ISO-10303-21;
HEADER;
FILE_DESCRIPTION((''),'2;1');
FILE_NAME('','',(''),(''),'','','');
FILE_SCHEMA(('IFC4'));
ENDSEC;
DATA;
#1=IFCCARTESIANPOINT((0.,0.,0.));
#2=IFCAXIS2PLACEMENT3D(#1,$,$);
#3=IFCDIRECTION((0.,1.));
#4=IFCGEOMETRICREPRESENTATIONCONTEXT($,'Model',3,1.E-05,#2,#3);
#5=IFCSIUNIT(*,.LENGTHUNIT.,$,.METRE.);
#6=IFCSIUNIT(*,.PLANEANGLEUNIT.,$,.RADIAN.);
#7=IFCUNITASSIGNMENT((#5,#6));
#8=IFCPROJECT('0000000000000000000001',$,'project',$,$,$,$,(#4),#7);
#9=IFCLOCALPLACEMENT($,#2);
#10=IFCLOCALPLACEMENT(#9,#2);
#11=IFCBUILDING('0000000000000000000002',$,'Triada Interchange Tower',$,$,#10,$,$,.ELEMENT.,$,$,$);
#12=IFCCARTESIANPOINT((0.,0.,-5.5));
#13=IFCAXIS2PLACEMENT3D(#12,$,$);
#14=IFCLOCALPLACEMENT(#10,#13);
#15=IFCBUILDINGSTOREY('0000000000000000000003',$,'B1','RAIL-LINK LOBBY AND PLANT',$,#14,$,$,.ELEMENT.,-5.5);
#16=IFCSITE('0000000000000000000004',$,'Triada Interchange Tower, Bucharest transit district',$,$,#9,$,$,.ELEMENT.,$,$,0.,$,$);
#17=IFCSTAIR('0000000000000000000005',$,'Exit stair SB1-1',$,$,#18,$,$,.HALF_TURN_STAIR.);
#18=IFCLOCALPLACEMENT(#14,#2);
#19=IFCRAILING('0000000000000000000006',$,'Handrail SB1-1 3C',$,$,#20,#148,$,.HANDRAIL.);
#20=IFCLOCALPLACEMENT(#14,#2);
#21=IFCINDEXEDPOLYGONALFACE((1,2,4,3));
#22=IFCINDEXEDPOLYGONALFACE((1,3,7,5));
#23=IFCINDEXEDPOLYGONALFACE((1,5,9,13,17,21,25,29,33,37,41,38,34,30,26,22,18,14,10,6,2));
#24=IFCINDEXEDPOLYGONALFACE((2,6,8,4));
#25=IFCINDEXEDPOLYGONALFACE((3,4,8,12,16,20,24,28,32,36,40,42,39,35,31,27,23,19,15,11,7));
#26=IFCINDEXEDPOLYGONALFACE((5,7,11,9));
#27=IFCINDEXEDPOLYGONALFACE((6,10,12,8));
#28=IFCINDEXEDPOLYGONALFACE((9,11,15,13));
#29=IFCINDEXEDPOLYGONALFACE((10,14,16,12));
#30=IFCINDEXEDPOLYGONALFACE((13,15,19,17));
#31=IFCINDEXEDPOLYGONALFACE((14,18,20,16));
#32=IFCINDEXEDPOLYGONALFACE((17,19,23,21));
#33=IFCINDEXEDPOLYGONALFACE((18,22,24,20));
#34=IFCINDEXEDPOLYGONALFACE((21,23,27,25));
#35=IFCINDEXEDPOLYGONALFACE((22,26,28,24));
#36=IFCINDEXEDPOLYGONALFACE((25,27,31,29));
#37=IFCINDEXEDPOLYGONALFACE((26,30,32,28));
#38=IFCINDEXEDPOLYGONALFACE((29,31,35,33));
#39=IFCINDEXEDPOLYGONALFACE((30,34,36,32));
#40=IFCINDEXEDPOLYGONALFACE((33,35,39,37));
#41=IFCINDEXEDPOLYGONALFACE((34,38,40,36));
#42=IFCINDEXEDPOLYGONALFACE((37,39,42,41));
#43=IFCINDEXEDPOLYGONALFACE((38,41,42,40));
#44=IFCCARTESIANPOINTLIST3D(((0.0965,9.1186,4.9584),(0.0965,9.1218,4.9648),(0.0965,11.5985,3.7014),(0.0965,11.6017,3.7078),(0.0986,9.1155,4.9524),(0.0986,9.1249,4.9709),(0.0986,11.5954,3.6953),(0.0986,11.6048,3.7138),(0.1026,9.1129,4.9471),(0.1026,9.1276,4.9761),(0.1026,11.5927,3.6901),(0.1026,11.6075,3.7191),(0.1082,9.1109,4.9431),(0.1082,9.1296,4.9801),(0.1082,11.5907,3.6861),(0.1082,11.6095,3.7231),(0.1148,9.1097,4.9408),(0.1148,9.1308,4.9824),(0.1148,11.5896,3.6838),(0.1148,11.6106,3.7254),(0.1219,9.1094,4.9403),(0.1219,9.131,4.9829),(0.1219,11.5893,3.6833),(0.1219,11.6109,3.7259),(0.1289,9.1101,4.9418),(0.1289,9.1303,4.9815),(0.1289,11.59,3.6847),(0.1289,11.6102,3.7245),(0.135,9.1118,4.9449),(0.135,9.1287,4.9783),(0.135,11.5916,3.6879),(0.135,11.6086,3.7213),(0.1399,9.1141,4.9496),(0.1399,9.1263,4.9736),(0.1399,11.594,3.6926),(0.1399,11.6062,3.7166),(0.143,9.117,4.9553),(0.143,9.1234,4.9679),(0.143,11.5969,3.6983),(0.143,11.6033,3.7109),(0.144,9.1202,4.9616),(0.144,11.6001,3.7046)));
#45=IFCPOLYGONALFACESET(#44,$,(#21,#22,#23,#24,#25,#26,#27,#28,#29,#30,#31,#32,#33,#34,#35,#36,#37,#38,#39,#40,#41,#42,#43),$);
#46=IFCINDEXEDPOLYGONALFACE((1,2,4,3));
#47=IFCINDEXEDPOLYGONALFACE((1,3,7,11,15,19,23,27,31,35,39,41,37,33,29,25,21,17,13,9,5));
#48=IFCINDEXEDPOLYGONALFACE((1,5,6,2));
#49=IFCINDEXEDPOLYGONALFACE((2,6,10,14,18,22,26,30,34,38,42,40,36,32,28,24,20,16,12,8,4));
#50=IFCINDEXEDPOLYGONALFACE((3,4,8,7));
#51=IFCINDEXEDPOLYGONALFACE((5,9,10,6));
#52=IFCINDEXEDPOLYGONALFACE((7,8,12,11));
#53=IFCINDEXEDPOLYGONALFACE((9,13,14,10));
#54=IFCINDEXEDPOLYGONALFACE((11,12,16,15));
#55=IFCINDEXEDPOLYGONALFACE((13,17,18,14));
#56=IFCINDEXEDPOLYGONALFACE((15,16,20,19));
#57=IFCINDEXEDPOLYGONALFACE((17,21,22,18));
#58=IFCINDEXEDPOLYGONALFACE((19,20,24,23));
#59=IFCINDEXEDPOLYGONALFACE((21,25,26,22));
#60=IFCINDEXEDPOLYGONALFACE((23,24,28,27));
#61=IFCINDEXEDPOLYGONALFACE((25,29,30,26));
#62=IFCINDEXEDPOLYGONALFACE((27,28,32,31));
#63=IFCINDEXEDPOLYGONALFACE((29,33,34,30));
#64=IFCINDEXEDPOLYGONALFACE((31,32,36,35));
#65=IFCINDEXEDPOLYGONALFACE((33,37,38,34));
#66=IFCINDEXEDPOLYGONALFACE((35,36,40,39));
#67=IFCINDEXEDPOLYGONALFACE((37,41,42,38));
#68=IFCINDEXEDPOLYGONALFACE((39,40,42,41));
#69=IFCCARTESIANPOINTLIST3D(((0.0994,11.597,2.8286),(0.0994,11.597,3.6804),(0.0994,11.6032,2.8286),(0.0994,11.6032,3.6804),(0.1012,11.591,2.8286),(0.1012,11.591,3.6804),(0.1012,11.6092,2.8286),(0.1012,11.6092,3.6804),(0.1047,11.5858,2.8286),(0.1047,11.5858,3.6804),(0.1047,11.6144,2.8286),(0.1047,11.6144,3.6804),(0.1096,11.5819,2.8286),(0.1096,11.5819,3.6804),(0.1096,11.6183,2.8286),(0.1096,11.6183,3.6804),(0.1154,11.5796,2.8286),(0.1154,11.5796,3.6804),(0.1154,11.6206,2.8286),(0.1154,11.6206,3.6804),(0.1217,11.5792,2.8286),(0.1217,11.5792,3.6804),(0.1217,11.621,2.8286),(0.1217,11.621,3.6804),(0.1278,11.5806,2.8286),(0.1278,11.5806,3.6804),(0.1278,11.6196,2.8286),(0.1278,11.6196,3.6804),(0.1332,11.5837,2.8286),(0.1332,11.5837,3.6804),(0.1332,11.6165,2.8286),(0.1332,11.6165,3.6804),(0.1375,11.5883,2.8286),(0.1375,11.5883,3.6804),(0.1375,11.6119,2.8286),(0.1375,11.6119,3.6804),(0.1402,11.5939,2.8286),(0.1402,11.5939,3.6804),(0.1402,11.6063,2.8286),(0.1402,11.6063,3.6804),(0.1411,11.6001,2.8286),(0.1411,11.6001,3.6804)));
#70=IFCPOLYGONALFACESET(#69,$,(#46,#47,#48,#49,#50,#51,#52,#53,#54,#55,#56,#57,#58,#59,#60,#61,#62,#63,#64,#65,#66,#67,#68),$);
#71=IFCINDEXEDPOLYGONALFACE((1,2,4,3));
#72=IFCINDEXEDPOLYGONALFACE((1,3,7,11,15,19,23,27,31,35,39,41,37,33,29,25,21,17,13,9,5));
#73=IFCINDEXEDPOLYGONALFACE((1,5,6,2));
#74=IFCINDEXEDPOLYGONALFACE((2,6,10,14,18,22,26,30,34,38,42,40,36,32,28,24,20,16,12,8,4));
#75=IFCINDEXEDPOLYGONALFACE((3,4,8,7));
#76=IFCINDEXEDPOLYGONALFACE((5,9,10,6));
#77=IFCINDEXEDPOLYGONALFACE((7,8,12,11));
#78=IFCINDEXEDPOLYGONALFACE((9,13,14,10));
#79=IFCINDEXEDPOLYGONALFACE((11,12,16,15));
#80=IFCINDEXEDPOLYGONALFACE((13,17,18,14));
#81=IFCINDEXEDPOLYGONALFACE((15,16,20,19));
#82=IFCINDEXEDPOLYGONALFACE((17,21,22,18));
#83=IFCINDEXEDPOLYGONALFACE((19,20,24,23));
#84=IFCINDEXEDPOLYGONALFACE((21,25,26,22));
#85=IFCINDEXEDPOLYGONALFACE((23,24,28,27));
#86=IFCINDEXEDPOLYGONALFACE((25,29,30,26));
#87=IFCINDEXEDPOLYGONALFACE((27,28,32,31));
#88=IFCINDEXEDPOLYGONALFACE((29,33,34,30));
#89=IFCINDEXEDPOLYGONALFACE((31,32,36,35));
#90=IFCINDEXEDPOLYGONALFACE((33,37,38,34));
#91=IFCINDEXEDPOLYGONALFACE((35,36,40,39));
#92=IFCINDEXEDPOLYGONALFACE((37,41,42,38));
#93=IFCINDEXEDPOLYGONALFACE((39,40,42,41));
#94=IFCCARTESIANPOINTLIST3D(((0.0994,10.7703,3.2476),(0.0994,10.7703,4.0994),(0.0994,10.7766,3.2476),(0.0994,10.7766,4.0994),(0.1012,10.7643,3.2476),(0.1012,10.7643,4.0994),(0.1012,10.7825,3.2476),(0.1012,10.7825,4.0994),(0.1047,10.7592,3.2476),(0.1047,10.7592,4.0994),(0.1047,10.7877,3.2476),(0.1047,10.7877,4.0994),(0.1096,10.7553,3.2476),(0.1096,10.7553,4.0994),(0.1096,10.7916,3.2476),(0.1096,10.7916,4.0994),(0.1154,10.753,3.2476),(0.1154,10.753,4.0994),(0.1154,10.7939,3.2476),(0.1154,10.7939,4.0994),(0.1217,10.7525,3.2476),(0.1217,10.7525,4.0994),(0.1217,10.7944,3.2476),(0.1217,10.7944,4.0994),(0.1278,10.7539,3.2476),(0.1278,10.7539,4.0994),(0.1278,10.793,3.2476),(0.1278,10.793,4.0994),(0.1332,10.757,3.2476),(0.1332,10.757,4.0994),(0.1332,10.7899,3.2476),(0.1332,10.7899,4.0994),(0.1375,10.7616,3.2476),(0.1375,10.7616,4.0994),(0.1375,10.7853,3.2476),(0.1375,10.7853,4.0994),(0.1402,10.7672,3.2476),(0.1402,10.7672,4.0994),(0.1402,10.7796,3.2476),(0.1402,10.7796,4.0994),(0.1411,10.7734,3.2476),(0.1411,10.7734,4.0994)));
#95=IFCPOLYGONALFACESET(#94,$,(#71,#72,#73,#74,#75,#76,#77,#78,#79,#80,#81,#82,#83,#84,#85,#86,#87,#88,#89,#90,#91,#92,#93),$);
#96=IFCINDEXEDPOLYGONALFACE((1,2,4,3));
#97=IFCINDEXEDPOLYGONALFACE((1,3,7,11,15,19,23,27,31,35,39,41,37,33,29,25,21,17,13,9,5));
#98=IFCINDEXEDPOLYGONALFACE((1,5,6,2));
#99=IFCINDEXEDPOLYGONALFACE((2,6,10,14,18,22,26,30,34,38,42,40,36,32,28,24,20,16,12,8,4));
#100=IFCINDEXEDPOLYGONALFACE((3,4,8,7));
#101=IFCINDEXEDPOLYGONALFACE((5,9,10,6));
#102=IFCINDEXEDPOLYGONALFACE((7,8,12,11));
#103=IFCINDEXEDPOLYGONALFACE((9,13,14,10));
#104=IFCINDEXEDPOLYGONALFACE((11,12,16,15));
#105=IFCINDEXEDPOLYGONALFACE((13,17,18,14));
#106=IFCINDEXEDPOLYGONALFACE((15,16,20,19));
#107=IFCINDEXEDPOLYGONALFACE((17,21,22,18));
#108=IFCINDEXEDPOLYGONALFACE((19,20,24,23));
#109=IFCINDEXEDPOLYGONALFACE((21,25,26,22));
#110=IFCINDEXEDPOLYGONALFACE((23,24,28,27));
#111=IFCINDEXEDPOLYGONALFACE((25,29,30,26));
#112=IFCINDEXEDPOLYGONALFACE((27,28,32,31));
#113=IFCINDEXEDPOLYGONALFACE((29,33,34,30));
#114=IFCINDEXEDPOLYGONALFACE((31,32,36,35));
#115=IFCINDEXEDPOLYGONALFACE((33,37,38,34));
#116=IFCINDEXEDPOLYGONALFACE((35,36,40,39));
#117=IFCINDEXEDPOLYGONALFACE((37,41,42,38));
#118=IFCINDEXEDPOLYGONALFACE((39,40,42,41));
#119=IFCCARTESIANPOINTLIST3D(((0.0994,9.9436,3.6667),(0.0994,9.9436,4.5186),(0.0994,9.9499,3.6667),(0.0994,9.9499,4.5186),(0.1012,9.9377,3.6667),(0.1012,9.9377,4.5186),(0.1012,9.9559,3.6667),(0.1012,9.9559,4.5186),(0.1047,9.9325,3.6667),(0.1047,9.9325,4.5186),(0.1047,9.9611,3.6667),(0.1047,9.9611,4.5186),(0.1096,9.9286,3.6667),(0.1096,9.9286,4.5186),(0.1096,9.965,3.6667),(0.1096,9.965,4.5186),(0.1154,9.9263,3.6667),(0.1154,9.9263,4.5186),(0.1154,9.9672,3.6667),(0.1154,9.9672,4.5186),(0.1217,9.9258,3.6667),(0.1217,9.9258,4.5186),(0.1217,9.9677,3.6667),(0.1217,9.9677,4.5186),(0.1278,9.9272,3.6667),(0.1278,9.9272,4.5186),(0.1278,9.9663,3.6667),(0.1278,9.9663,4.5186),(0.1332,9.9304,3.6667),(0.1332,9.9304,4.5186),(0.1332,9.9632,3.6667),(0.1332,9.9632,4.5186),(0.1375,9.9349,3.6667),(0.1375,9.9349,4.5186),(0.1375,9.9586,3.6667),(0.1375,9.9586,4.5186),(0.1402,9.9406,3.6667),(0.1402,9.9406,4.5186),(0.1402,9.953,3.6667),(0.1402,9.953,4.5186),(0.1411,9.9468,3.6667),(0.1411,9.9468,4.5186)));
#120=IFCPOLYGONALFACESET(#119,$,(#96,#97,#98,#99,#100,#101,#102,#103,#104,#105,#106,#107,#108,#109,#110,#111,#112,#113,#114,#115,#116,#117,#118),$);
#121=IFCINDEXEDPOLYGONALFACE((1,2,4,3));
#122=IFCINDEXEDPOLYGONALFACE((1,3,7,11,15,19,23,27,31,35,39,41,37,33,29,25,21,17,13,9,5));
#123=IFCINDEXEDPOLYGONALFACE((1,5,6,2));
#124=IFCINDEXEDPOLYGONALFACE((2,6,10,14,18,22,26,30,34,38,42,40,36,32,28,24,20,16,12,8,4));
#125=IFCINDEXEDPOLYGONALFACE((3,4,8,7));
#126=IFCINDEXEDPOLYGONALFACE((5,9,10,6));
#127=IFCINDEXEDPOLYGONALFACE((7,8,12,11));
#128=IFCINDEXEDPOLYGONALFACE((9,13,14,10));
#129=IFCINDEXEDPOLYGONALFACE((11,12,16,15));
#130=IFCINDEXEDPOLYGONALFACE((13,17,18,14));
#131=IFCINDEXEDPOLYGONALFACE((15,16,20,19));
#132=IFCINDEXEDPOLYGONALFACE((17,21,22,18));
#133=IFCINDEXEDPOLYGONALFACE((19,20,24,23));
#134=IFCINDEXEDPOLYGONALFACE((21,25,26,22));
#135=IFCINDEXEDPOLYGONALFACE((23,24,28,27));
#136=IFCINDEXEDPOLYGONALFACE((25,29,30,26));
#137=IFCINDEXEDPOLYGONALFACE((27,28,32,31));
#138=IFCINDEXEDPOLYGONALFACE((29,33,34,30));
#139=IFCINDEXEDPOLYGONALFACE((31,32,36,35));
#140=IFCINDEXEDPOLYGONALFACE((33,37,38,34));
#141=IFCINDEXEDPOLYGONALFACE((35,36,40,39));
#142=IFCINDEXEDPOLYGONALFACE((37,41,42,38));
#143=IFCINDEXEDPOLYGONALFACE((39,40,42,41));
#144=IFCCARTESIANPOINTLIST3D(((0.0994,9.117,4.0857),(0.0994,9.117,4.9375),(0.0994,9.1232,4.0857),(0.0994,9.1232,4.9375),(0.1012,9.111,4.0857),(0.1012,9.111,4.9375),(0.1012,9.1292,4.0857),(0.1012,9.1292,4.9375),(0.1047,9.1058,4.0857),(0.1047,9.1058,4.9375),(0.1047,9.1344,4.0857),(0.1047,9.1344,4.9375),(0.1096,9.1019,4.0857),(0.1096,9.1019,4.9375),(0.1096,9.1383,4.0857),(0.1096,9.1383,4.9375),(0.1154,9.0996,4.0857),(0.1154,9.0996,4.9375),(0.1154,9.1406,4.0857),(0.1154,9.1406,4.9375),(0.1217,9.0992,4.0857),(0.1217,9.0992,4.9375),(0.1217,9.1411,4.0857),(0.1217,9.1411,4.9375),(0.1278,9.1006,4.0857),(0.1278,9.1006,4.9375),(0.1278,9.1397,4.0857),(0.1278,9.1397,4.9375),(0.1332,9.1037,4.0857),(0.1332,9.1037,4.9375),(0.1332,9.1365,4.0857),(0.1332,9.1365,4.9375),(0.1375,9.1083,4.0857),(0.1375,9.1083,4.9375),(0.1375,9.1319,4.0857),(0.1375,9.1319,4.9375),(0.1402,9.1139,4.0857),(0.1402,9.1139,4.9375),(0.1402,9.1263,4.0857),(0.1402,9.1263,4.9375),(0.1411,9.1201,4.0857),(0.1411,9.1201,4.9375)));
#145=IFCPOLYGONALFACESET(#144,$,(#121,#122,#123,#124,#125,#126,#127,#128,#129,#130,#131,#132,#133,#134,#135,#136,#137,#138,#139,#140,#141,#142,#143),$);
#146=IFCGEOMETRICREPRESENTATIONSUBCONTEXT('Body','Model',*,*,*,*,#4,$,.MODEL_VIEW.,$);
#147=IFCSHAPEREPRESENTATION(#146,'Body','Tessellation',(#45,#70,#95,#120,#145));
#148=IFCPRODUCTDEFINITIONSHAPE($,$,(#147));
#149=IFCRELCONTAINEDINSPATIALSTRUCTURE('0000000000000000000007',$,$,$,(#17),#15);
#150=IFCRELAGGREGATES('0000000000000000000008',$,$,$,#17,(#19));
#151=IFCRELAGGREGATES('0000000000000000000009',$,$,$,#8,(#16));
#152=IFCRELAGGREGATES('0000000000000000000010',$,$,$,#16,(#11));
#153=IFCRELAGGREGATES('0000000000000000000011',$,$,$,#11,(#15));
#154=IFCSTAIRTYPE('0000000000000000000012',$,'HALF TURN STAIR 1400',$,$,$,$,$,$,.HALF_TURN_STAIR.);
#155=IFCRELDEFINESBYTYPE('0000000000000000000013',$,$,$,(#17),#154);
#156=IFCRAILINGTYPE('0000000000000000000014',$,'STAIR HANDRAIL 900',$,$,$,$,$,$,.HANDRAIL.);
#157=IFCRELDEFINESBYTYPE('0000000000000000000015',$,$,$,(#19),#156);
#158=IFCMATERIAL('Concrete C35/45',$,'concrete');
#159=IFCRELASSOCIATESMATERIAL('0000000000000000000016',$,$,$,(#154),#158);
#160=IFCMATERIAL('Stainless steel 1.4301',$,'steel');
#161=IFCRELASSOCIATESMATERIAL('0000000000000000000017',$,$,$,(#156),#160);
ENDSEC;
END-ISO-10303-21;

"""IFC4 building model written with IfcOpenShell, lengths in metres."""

from ifc_helpers import new_model, si_unit, direction, frame, origin, origin_2d, place, context, subcontext, project, spatial, circle, extrude, material, type_object, element, aggregate, save


model = new_model("IFC4")

# Units and contexts
model_context = context("Model", 3, precision=1e-05, world=origin(), true_north=direction((0.0, 1.0)))
body_context = subcontext(model_context, "Body", "Model", "MODEL_VIEW")
ifc_project = project(units=[si_unit("LENGTHUNIT", "METRE"), si_unit("PLANEANGLEUNIT", "RADIAN")], contexts=[model_context])

# Site, building, storey
site_placement = place(None, origin())
site = spatial("IfcSite", under=ifc_project, at=site_placement, Name="Triada Interchange Tower, Bucharest transit district", CompositionType="ELEMENT", RefElevation=0.0)
building_placement = place(site_placement, origin())
building = spatial("IfcBuilding", under=site, at=building_placement, Name="Triada Interchange Tower", CompositionType="ELEMENT")
storey_placement = place(building_placement, frame((0.0, 0.0, -5.5)))
storey = spatial("IfcBuildingStorey", under=building, at=storey_placement, Name="B1", Description="RAIL-LINK LOBBY AND PLANT", CompositionType="ELEMENT", Elevation=-5.5)

# Shared definitions
ifc_material_1 = material(Name="Concrete C35/45", Category="concrete")
stair_type = type_object("IfcStairType", Name="HALF TURN STAIR 1400", PredefinedType="HALF_TURN_STAIR", material=ifc_material_1)

# Stair, railing
stair_1_placement = place(storey_placement, origin())
stair_1 = element("IfcStair", 1, at=stair_1_placement, inside=storey, type_object=stair_type, Name="Exit stair SB1-1", PredefinedType="HALF_TURN_STAIR")
ifc_material_2 = material(Name="Stainless steel 1.4301", Category="steel")
railing_type = type_object("IfcRailingType", Name="STAIR HANDRAIL 900", PredefinedType="HANDRAIL", material=ifc_material_2)
railing_1_placement = place(storey_placement, frame((0.1201, 11.6001, 2.8286)))
railing_1 = element("IfcRailing", 2, at=railing_1_placement, type_object=railing_type, Name="Handrail SB1-1 3C", PredefinedType="HANDRAIL", context=body_context, shape_type="SweptSolid", body=[
    extrude(circle(Radius=0.0239, at=origin_2d()), frame((0.0, 0.0, 0.876), z_axis=(0.0, -0.891955, 0.452124), x_axis=(1.0, 0.0, 0.0)), (0.0, 0.0, 1.0), 2.7803),
    extrude(circle(Radius=0.021, at=origin_2d()), origin(), (0.0, 0.0, 1.0), 0.8518),
    extrude(circle(Radius=0.021, at=origin_2d()), frame((0.0, -0.8267, 0.4189)), (0.0, 0.0, 1.0), 0.8518),
    extrude(circle(Radius=0.021, at=origin_2d()), frame((0.0, -1.6533, 0.8381)), (0.0, 0.0, 1.0), 0.8518),
    extrude(circle(Radius=0.021, at=origin_2d()), frame((0.0, -2.48, 1.2571)), (0.0, 0.0, 1.0), 0.8518),
])
aggregate(stair_1, [railing_1])

save(model, "model.ifc")
